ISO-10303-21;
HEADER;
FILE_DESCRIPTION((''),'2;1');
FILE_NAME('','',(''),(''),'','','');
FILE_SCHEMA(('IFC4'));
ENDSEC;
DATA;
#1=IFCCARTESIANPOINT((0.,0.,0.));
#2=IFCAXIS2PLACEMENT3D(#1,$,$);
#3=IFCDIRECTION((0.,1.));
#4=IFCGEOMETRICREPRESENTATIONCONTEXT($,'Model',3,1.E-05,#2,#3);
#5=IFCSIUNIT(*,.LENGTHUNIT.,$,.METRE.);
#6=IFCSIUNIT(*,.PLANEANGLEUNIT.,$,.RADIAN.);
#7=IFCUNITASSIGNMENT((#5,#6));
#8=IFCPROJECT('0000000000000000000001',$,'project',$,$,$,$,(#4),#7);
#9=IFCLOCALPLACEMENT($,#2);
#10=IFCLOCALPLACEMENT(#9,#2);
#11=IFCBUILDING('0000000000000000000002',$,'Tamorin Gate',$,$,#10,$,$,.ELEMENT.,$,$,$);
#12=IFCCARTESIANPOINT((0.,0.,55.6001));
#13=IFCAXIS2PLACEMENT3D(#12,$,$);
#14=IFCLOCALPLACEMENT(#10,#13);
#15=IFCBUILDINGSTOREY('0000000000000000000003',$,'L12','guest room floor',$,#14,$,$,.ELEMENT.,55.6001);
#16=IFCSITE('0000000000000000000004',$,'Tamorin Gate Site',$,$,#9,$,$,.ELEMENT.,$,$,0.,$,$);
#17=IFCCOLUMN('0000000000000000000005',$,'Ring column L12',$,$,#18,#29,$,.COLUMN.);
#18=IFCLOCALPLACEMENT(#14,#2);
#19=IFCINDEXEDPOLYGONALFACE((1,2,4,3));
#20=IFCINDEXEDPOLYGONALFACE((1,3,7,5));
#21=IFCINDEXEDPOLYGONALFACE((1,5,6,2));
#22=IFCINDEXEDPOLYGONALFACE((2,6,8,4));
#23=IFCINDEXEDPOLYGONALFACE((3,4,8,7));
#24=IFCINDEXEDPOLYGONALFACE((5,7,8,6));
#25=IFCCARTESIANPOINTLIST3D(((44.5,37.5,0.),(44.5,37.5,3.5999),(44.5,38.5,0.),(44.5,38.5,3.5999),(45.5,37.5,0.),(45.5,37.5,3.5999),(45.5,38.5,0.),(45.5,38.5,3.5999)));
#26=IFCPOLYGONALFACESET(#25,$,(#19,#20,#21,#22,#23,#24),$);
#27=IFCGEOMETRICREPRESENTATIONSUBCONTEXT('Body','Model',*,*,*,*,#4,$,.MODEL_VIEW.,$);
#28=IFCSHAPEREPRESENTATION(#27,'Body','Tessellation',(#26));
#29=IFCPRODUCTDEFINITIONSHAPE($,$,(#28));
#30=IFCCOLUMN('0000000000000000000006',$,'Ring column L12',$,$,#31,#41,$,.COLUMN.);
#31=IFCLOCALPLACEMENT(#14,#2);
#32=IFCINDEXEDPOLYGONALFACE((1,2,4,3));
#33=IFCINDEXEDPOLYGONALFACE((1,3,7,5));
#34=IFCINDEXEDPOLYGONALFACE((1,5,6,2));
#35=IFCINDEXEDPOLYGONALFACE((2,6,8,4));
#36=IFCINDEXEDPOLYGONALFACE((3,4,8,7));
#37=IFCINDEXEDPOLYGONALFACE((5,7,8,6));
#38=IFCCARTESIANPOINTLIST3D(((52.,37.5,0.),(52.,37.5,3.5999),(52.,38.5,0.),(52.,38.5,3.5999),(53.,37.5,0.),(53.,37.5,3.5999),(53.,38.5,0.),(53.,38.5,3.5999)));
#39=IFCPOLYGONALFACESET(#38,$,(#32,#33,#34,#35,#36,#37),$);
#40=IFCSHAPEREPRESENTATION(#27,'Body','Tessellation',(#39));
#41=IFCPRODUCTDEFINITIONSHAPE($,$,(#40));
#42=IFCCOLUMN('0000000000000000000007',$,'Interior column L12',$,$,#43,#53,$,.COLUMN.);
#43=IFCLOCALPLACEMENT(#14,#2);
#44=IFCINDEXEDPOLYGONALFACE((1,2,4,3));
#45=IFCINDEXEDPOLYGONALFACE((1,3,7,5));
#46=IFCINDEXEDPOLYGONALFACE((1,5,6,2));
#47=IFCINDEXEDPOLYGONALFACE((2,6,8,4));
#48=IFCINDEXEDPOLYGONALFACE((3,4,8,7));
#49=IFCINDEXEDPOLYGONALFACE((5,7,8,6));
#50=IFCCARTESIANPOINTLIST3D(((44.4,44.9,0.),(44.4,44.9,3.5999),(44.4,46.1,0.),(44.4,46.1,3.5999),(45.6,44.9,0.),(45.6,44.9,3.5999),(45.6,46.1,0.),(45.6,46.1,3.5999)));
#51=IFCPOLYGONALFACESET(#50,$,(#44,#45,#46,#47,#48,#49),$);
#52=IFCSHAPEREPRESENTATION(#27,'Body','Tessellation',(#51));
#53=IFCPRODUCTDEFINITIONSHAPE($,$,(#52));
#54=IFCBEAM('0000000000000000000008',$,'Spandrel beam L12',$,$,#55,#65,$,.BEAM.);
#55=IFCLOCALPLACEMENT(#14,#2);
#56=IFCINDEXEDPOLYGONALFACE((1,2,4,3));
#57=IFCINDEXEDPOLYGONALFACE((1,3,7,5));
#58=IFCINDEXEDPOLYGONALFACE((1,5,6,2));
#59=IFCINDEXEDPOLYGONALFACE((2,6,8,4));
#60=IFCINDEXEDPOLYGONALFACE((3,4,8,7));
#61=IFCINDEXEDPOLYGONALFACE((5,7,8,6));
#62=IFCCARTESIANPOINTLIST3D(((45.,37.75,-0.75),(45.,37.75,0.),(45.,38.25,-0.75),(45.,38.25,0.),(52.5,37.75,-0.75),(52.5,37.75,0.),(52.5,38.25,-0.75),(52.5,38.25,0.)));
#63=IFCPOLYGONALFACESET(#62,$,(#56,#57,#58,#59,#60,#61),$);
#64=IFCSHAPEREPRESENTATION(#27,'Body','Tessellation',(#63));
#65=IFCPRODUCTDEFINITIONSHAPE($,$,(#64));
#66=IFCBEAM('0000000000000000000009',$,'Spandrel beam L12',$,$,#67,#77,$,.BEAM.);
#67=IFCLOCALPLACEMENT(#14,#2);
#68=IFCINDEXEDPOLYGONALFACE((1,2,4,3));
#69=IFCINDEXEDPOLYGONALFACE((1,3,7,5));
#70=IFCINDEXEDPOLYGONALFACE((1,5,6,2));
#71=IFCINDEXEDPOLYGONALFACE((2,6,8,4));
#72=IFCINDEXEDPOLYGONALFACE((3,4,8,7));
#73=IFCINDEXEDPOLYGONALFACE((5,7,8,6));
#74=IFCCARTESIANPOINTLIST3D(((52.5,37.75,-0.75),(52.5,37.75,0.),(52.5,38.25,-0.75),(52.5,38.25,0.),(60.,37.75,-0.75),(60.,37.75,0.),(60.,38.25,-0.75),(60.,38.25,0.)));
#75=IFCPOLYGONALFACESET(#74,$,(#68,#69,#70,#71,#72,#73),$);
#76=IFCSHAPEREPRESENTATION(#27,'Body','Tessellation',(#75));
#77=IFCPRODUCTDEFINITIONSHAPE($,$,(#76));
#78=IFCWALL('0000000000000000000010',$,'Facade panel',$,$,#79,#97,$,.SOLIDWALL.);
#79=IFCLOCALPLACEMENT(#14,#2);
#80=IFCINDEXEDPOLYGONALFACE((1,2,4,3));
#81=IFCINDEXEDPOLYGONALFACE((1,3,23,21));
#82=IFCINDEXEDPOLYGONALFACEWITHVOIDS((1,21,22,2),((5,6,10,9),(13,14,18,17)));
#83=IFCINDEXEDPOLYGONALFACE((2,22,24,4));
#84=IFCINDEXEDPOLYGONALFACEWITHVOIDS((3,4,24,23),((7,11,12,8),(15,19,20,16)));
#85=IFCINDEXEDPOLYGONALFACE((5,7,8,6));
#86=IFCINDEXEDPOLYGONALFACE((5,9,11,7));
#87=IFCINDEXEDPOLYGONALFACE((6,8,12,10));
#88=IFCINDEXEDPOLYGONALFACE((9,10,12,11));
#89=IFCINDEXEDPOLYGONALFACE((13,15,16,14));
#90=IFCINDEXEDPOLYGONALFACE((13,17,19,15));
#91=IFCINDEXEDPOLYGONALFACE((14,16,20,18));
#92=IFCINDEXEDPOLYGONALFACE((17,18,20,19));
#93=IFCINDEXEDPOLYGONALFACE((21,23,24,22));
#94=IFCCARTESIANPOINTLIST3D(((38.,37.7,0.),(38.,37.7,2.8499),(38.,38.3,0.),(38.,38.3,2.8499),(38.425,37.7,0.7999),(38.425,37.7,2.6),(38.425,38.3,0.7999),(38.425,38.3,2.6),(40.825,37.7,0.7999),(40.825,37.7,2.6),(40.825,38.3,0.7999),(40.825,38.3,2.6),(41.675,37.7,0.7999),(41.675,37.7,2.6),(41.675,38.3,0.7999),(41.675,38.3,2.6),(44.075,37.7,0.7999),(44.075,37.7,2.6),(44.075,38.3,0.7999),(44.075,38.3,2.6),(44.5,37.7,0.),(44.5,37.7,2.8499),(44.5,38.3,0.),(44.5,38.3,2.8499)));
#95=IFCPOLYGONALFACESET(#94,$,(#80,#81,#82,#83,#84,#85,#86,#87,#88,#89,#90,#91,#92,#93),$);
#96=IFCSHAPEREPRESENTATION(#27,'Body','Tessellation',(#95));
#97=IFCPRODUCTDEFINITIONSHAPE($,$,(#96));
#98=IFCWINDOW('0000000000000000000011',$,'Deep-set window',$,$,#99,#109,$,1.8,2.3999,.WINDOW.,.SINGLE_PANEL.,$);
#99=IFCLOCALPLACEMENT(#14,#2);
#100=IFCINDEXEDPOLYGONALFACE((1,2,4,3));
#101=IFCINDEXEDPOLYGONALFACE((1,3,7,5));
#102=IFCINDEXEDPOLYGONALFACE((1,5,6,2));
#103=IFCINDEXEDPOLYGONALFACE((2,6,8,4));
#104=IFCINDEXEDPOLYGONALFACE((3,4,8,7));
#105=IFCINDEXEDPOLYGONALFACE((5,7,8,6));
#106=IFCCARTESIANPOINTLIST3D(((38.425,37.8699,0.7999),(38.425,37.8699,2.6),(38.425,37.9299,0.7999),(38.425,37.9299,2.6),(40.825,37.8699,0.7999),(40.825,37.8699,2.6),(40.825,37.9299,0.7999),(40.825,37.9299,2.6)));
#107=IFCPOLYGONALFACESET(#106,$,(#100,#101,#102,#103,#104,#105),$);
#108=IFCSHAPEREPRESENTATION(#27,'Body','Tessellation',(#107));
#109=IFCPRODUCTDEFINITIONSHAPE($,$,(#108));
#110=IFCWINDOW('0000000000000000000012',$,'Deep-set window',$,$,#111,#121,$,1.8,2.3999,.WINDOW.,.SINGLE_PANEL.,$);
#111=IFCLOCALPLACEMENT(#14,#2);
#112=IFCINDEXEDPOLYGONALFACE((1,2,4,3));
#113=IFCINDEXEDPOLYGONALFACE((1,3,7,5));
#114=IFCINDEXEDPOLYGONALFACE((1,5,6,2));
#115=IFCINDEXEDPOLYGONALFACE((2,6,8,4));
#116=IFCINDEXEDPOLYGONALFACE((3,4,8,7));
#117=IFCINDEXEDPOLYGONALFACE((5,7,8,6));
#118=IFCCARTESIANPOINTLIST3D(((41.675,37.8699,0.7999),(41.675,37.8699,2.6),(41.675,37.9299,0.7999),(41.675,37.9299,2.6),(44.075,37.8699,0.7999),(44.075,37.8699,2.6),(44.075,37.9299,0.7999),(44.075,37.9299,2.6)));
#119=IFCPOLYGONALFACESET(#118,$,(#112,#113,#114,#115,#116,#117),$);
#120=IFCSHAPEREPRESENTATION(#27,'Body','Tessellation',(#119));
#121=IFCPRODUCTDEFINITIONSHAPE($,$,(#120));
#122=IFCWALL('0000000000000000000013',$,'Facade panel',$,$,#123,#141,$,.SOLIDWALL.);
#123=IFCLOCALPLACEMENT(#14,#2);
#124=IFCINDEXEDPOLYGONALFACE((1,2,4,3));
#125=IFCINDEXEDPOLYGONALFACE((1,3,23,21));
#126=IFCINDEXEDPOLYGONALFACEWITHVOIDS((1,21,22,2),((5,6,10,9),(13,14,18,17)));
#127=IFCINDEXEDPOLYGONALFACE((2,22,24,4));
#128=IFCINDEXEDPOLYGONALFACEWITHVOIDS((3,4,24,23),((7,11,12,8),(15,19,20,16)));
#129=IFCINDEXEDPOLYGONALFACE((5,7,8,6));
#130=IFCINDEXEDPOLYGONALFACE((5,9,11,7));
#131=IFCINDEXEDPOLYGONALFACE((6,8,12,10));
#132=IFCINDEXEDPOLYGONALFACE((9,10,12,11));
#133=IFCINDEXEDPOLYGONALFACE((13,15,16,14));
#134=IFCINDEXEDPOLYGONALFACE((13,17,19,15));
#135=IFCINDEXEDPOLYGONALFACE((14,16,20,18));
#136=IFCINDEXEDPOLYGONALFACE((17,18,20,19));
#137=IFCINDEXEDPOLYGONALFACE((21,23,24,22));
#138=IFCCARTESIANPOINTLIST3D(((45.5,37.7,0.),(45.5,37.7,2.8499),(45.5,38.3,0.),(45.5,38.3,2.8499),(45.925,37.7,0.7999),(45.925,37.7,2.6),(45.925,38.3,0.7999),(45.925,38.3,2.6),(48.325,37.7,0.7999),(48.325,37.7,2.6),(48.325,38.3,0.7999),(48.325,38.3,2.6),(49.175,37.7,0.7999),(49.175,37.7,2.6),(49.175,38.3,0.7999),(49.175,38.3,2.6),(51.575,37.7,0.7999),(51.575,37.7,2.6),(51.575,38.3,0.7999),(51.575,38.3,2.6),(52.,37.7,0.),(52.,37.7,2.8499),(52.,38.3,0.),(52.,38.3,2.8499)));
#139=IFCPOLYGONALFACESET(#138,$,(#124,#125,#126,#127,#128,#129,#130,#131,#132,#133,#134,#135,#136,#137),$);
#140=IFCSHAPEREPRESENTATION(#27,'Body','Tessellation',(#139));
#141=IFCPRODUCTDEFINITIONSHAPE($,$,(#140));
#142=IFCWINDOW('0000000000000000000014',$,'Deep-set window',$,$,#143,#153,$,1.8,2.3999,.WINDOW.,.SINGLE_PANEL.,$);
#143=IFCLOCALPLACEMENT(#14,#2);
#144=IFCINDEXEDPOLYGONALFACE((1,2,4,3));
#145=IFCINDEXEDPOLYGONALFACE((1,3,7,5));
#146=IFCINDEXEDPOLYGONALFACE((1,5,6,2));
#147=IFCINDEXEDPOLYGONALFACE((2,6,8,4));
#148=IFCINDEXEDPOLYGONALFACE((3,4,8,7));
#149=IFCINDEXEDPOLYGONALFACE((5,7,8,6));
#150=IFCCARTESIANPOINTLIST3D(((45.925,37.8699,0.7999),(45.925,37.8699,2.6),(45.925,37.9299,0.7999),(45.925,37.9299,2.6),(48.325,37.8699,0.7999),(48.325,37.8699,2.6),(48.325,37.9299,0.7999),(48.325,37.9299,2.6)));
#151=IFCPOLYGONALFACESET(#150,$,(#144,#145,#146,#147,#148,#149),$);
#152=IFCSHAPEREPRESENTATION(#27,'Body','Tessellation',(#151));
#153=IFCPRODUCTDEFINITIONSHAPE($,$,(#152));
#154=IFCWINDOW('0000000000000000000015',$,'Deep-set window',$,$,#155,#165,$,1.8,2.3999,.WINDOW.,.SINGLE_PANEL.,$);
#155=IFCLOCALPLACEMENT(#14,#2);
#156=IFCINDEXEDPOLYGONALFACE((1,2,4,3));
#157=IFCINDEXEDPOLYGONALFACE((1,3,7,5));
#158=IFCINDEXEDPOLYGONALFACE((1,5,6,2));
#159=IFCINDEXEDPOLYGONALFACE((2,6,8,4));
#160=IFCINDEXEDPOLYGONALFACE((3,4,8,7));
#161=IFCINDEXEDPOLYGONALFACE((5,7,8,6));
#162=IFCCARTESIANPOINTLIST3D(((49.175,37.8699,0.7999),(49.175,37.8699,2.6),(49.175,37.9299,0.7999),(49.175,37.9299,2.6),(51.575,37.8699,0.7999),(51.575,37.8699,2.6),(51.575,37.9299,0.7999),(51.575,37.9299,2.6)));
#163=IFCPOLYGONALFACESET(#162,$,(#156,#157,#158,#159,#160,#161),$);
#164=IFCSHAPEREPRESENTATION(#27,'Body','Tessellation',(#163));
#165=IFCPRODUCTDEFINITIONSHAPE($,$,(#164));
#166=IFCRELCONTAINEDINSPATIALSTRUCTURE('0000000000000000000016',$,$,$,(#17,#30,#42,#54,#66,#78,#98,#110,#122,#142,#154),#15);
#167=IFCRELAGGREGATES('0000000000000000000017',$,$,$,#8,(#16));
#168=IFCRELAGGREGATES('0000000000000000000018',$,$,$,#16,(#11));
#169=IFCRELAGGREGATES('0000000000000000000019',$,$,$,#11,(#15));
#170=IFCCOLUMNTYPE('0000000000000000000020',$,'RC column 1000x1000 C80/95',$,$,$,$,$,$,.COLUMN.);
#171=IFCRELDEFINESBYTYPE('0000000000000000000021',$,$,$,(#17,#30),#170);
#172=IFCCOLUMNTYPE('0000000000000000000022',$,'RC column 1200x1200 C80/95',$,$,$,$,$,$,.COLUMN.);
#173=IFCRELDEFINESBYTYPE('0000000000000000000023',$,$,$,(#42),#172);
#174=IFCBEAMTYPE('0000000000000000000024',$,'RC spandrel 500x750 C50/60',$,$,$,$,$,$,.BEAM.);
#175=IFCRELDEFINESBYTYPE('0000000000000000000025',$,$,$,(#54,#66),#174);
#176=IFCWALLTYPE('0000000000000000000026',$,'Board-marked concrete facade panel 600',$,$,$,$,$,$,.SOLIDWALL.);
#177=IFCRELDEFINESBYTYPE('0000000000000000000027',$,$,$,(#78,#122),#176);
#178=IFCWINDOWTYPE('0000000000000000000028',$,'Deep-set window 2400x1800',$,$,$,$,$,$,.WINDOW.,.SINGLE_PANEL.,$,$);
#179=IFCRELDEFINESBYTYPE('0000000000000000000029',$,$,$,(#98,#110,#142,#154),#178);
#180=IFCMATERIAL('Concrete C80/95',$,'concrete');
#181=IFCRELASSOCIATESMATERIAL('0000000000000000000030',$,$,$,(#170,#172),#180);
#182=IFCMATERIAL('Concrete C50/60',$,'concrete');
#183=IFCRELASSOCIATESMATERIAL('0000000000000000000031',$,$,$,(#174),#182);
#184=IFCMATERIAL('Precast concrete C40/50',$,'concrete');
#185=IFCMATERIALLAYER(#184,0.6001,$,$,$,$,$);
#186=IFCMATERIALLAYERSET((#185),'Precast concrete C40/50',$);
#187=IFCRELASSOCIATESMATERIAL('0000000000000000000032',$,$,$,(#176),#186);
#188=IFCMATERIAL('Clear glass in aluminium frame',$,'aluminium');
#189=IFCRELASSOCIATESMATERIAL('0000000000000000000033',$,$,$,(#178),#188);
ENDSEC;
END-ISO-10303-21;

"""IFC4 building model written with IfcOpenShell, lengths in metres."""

from ifc_helpers import new_model, si_unit, direction, frame, frame_2d, origin, origin_2d, place, context, subcontext, project, spatial, rectangle, extrude, material, layer, layer_set, material_profile, profile_set, type_object, element, fill, save


model = new_model("IFC4")

# Units and contexts
model_context = context("Model", 3, precision=1e-05, world=origin(), true_north=direction((0.0, 1.0)))
body_context = subcontext(model_context, "Body", "Model", "MODEL_VIEW")
ifc_project = project(units=[si_unit("LENGTHUNIT", "METRE"), si_unit("PLANEANGLEUNIT", "RADIAN")], contexts=[model_context])

# Site, building, storey
site_placement = place(None, origin())
site = spatial("IfcSite", under=ifc_project, at=site_placement, Name="Tamorin Gate Site", CompositionType="ELEMENT", RefElevation=0.0)
building_placement = place(site_placement, origin())
building = spatial("IfcBuilding", under=site, at=building_placement, Name="Tamorin Gate", CompositionType="ELEMENT")
storey_placement = place(building_placement, frame((0.0, 0.0, 55.6001)))
storey = spatial("IfcBuildingStorey", under=building, at=storey_placement, Name="L12", Description="guest room floor", CompositionType="ELEMENT", Elevation=55.6001)

# Columns
ifc_material_1 = material(Name="Concrete C80/95", Category="concrete")
ifc_material_profile_1 = material_profile(ifc_material_1, rectangle(XDim=1.0, YDim=1.0, at=origin_2d()), Name="RC 1000x1000")
ifc_profile_set_1 = profile_set([ifc_material_profile_1], Name="Concrete C80/95")
column_type_1 = type_object("IfcColumnType", Name="RC column 1000x1000 C80/95", PredefinedType="COLUMN", material=ifc_profile_set_1)
for number, where, z_axis, x_axis, name in (
    (1, (45.0, 38.0, 0.0), (0.0, 0.0, 1.0), (1.0, 0.0, 0.0), "Ring column L12"),
    (2, (52.5, 38.0, 0.0), (0.0, 0.0, 1.0), (1.0, 0.0, 0.0), "Ring column L12"),
):
    element("IfcColumn", number, at=place(storey_placement, frame(where, z_axis=z_axis, x_axis=x_axis)), inside=storey, type_object=column_type_1, Name=name, PredefinedType="COLUMN", context=body_context, shape_type="SweptSolid", body=[
        extrude(rectangle(XDim=1.0, YDim=1.0, at=origin_2d()), origin(), (0.0, 0.0, 1.0), 3.5999),
    ])
ifc_material_profile_2 = material_profile(ifc_material_1, rectangle(XDim=1.2, YDim=1.2, at=origin_2d()), Name="RC 1200x1200")
ifc_profile_set_2 = profile_set([ifc_material_profile_2], Name="Concrete C80/95")
column_type_2 = type_object("IfcColumnType", Name="RC column 1200x1200 C80/95", PredefinedType="COLUMN", material=ifc_profile_set_2)
column_placement = place(storey_placement, frame((45.0, 45.5, 0.0), z_axis=(0.0, 0.0, 1.0), x_axis=(1.0, 0.0, 0.0)))
element("IfcColumn", 3, at=column_placement, inside=storey, type_object=column_type_2, Name="Interior column L12", PredefinedType="COLUMN", context=body_context, shape_type="SweptSolid", body=[
    extrude(rectangle(XDim=1.2, YDim=1.2, at=origin_2d()), origin(), (0.0, 0.0, 1.0), 3.5999),
])

# Beams
ifc_material_2 = material(Name="Concrete C50/60", Category="concrete")
ifc_material_profile_3 = material_profile(ifc_material_2, rectangle(XDim=0.5, YDim=0.75, at=origin_2d()), Name="RC 500x750")
ifc_profile_set_3 = profile_set([ifc_material_profile_3], Name="Concrete C50/60")
beam_type = type_object("IfcBeamType", Name="RC spandrel 500x750 C50/60", PredefinedType="BEAM", material=ifc_profile_set_3)
for number, where, z_axis, x_axis, name in (
    (4, (45.0, 38.0, -0.375), (1.0, 0.0, 0.0), (0.0, 1.0, 0.0), "Spandrel beam L12"),
    (5, (52.5, 38.0, -0.375), (1.0, 0.0, 0.0), (0.0, 1.0, 0.0), "Spandrel beam L12"),
):
    element("IfcBeam", number, at=place(storey_placement, frame(where, z_axis=z_axis, x_axis=x_axis)), inside=storey, type_object=beam_type, Name=name, PredefinedType="BEAM", context=body_context, shape_type="SweptSolid", body=[
        extrude(rectangle(XDim=0.5, YDim=0.75, at=origin_2d()), origin(), (0.0, 0.0, 1.0), 7.5),
    ])

# Walls, openings, windows
ifc_material_3 = material(Name="Precast concrete C40/50", Category="concrete")
ifc_layer_1 = layer(ifc_material_3, 0.6001)
ifc_layer_set_1 = layer_set([ifc_layer_1], Name="Precast concrete C40/50")
wall_type_1 = type_object("IfcWallType", Name="Board-marked concrete facade panel 600", PredefinedType="SOLIDWALL", material=ifc_layer_set_1)
wall_1_placement = place(storey_placement, frame((38.0, 38.0, 0.0), z_axis=(0.0, 0.0, 1.0), x_axis=(1.0, 0.0, 0.0)))
wall_1 = element("IfcWall", 6, at=wall_1_placement, inside=storey, type_object=wall_type_1, Name="Facade panel", PredefinedType="SOLIDWALL", context=body_context, shape_type="SweptSolid", body=[
    extrude(rectangle(XDim=6.5, YDim=0.6001, at=frame_2d((3.25, 0.0))), origin(), (0.0, 0.0, 1.0), 2.8499),
])
opening_1_placement = place(wall_1_placement, frame((0.425, 0.0, 0.8)))
opening_1 = element("IfcOpeningElement", 7, at=opening_1_placement, cuts=wall_1, PredefinedType="OPENING", context=body_context, shape_type="SweptSolid", body=[
    extrude(rectangle(XDim=2.3999, YDim=1.8, at=frame_2d((1.2, 0.8999))), frame((0.0, 0.3101, 0.0), z_axis=(0.0, -1.0, 0.0), x_axis=(1.0, 0.0, 0.0)), (0.0, 0.0, 1.0), 0.6201),
])
opening_2_placement = place(wall_1_placement, frame((3.675, 0.0, 0.8)))
opening_2 = element("IfcOpeningElement", 8, at=opening_2_placement, cuts=wall_1, PredefinedType="OPENING", context=body_context, shape_type="SweptSolid", body=[
    extrude(rectangle(XDim=2.3999, YDim=1.8, at=frame_2d((1.2, 0.8999))), frame((0.0, 0.3101, 0.0), z_axis=(0.0, -1.0, 0.0), x_axis=(1.0, 0.0, 0.0)), (0.0, 0.0, 1.0), 0.6201),
])
ifc_material_4 = material(Name="Clear glass in aluminium frame", Category="aluminium")
window_type = type_object("IfcWindowType", Name="Deep-set window 2400x1800", PartitioningType="SINGLE_PANEL", PredefinedType="WINDOW", material=ifc_material_4)
window_1_placement = place(opening_1_placement, origin())
window_1 = element("IfcWindow", 9, at=window_1_placement, inside=storey, type_object=window_type, Name="Deep-set window", OverallHeight=1.8, OverallWidth=2.3999, PartitioningType="SINGLE_PANEL", PredefinedType="WINDOW", context=body_context, shape_type="SweptSolid", body=[
    extrude(rectangle(XDim=2.3999, YDim=1.8, at=frame_2d((1.2, 0.8999))), frame((0.0, -0.0701, 0.0), z_axis=(0.0, -1.0, 0.0), x_axis=(1.0, 0.0, 0.0)), (0.0, 0.0, 1.0), 0.0601),
])
fill(opening_1, window_1)
window_2_placement = place(opening_2_placement, origin())
window_2 = element("IfcWindow", 10, at=window_2_placement, inside=storey, type_object=window_type, Name="Deep-set window", OverallHeight=1.8, OverallWidth=2.3999, PartitioningType="SINGLE_PANEL", PredefinedType="WINDOW", context=body_context, shape_type="SweptSolid", body=[
    extrude(rectangle(XDim=2.3999, YDim=1.8, at=frame_2d((1.2, 0.8999))), frame((0.0, -0.0701, 0.0), z_axis=(0.0, -1.0, 0.0), x_axis=(1.0, 0.0, 0.0)), (0.0, 0.0, 1.0), 0.0601),
])
fill(opening_2, window_2)
wall_2_placement = place(storey_placement, frame((45.5, 38.0, 0.0), z_axis=(0.0, 0.0, 1.0), x_axis=(1.0, 0.0, 0.0)))
wall_2 = element("IfcWall", 11, at=wall_2_placement, inside=storey, type_object=wall_type_1, Name="Facade panel", PredefinedType="SOLIDWALL", context=body_context, shape_type="SweptSolid", body=[
    extrude(rectangle(XDim=6.5, YDim=0.6001, at=frame_2d((3.25, 0.0))), origin(), (0.0, 0.0, 1.0), 2.8499),
])
opening_3_placement = place(wall_2_placement, frame((0.425, 0.0, 0.8)))
opening_3 = element("IfcOpeningElement", 12, at=opening_3_placement, cuts=wall_2, PredefinedType="OPENING", context=body_context, shape_type="SweptSolid", body=[
    extrude(rectangle(XDim=2.3999, YDim=1.8, at=frame_2d((1.2, 0.8999))), frame((0.0, 0.3101, 0.0), z_axis=(0.0, -1.0, 0.0), x_axis=(1.0, 0.0, 0.0)), (0.0, 0.0, 1.0), 0.6201),
])
opening_4_placement = place(wall_2_placement, frame((3.675, 0.0, 0.8)))
opening_4 = element("IfcOpeningElement", 13, at=opening_4_placement, cuts=wall_2, PredefinedType="OPENING", context=body_context, shape_type="SweptSolid", body=[
    extrude(rectangle(XDim=2.3999, YDim=1.8, at=frame_2d((1.2, 0.8999))), frame((0.0, 0.3101, 0.0), z_axis=(0.0, -1.0, 0.0), x_axis=(1.0, 0.0, 0.0)), (0.0, 0.0, 1.0), 0.6201),
])
window_3_placement = place(opening_3_placement, origin())
window_3 = element("IfcWindow", 14, at=window_3_placement, inside=storey, type_object=window_type, Name="Deep-set window", OverallHeight=1.8, OverallWidth=2.3999, PartitioningType="SINGLE_PANEL", PredefinedType="WINDOW", context=body_context, shape_type="SweptSolid", body=[
    extrude(rectangle(XDim=2.3999, YDim=1.8, at=frame_2d((1.2, 0.8999))), frame((0.0, -0.0701, 0.0), z_axis=(0.0, -1.0, 0.0), x_axis=(1.0, 0.0, 0.0)), (0.0, 0.0, 1.0), 0.0601),
])
fill(opening_3, window_3)
window_4_placement = place(opening_4_placement, origin())
window_4 = element("IfcWindow", 15, at=window_4_placement, inside=storey, type_object=window_type, Name="Deep-set window", OverallHeight=1.8, OverallWidth=2.3999, PartitioningType="SINGLE_PANEL", PredefinedType="WINDOW", context=body_context, shape_type="SweptSolid", body=[
    extrude(rectangle(XDim=2.3999, YDim=1.8, at=frame_2d((1.2, 0.8999))), frame((0.0, -0.0701, 0.0), z_axis=(0.0, -1.0, 0.0), x_axis=(1.0, 0.0, 0.0)), (0.0, 0.0, 1.0), 0.0601),
])
fill(opening_4, window_4)

save(model, "model.ifc")
